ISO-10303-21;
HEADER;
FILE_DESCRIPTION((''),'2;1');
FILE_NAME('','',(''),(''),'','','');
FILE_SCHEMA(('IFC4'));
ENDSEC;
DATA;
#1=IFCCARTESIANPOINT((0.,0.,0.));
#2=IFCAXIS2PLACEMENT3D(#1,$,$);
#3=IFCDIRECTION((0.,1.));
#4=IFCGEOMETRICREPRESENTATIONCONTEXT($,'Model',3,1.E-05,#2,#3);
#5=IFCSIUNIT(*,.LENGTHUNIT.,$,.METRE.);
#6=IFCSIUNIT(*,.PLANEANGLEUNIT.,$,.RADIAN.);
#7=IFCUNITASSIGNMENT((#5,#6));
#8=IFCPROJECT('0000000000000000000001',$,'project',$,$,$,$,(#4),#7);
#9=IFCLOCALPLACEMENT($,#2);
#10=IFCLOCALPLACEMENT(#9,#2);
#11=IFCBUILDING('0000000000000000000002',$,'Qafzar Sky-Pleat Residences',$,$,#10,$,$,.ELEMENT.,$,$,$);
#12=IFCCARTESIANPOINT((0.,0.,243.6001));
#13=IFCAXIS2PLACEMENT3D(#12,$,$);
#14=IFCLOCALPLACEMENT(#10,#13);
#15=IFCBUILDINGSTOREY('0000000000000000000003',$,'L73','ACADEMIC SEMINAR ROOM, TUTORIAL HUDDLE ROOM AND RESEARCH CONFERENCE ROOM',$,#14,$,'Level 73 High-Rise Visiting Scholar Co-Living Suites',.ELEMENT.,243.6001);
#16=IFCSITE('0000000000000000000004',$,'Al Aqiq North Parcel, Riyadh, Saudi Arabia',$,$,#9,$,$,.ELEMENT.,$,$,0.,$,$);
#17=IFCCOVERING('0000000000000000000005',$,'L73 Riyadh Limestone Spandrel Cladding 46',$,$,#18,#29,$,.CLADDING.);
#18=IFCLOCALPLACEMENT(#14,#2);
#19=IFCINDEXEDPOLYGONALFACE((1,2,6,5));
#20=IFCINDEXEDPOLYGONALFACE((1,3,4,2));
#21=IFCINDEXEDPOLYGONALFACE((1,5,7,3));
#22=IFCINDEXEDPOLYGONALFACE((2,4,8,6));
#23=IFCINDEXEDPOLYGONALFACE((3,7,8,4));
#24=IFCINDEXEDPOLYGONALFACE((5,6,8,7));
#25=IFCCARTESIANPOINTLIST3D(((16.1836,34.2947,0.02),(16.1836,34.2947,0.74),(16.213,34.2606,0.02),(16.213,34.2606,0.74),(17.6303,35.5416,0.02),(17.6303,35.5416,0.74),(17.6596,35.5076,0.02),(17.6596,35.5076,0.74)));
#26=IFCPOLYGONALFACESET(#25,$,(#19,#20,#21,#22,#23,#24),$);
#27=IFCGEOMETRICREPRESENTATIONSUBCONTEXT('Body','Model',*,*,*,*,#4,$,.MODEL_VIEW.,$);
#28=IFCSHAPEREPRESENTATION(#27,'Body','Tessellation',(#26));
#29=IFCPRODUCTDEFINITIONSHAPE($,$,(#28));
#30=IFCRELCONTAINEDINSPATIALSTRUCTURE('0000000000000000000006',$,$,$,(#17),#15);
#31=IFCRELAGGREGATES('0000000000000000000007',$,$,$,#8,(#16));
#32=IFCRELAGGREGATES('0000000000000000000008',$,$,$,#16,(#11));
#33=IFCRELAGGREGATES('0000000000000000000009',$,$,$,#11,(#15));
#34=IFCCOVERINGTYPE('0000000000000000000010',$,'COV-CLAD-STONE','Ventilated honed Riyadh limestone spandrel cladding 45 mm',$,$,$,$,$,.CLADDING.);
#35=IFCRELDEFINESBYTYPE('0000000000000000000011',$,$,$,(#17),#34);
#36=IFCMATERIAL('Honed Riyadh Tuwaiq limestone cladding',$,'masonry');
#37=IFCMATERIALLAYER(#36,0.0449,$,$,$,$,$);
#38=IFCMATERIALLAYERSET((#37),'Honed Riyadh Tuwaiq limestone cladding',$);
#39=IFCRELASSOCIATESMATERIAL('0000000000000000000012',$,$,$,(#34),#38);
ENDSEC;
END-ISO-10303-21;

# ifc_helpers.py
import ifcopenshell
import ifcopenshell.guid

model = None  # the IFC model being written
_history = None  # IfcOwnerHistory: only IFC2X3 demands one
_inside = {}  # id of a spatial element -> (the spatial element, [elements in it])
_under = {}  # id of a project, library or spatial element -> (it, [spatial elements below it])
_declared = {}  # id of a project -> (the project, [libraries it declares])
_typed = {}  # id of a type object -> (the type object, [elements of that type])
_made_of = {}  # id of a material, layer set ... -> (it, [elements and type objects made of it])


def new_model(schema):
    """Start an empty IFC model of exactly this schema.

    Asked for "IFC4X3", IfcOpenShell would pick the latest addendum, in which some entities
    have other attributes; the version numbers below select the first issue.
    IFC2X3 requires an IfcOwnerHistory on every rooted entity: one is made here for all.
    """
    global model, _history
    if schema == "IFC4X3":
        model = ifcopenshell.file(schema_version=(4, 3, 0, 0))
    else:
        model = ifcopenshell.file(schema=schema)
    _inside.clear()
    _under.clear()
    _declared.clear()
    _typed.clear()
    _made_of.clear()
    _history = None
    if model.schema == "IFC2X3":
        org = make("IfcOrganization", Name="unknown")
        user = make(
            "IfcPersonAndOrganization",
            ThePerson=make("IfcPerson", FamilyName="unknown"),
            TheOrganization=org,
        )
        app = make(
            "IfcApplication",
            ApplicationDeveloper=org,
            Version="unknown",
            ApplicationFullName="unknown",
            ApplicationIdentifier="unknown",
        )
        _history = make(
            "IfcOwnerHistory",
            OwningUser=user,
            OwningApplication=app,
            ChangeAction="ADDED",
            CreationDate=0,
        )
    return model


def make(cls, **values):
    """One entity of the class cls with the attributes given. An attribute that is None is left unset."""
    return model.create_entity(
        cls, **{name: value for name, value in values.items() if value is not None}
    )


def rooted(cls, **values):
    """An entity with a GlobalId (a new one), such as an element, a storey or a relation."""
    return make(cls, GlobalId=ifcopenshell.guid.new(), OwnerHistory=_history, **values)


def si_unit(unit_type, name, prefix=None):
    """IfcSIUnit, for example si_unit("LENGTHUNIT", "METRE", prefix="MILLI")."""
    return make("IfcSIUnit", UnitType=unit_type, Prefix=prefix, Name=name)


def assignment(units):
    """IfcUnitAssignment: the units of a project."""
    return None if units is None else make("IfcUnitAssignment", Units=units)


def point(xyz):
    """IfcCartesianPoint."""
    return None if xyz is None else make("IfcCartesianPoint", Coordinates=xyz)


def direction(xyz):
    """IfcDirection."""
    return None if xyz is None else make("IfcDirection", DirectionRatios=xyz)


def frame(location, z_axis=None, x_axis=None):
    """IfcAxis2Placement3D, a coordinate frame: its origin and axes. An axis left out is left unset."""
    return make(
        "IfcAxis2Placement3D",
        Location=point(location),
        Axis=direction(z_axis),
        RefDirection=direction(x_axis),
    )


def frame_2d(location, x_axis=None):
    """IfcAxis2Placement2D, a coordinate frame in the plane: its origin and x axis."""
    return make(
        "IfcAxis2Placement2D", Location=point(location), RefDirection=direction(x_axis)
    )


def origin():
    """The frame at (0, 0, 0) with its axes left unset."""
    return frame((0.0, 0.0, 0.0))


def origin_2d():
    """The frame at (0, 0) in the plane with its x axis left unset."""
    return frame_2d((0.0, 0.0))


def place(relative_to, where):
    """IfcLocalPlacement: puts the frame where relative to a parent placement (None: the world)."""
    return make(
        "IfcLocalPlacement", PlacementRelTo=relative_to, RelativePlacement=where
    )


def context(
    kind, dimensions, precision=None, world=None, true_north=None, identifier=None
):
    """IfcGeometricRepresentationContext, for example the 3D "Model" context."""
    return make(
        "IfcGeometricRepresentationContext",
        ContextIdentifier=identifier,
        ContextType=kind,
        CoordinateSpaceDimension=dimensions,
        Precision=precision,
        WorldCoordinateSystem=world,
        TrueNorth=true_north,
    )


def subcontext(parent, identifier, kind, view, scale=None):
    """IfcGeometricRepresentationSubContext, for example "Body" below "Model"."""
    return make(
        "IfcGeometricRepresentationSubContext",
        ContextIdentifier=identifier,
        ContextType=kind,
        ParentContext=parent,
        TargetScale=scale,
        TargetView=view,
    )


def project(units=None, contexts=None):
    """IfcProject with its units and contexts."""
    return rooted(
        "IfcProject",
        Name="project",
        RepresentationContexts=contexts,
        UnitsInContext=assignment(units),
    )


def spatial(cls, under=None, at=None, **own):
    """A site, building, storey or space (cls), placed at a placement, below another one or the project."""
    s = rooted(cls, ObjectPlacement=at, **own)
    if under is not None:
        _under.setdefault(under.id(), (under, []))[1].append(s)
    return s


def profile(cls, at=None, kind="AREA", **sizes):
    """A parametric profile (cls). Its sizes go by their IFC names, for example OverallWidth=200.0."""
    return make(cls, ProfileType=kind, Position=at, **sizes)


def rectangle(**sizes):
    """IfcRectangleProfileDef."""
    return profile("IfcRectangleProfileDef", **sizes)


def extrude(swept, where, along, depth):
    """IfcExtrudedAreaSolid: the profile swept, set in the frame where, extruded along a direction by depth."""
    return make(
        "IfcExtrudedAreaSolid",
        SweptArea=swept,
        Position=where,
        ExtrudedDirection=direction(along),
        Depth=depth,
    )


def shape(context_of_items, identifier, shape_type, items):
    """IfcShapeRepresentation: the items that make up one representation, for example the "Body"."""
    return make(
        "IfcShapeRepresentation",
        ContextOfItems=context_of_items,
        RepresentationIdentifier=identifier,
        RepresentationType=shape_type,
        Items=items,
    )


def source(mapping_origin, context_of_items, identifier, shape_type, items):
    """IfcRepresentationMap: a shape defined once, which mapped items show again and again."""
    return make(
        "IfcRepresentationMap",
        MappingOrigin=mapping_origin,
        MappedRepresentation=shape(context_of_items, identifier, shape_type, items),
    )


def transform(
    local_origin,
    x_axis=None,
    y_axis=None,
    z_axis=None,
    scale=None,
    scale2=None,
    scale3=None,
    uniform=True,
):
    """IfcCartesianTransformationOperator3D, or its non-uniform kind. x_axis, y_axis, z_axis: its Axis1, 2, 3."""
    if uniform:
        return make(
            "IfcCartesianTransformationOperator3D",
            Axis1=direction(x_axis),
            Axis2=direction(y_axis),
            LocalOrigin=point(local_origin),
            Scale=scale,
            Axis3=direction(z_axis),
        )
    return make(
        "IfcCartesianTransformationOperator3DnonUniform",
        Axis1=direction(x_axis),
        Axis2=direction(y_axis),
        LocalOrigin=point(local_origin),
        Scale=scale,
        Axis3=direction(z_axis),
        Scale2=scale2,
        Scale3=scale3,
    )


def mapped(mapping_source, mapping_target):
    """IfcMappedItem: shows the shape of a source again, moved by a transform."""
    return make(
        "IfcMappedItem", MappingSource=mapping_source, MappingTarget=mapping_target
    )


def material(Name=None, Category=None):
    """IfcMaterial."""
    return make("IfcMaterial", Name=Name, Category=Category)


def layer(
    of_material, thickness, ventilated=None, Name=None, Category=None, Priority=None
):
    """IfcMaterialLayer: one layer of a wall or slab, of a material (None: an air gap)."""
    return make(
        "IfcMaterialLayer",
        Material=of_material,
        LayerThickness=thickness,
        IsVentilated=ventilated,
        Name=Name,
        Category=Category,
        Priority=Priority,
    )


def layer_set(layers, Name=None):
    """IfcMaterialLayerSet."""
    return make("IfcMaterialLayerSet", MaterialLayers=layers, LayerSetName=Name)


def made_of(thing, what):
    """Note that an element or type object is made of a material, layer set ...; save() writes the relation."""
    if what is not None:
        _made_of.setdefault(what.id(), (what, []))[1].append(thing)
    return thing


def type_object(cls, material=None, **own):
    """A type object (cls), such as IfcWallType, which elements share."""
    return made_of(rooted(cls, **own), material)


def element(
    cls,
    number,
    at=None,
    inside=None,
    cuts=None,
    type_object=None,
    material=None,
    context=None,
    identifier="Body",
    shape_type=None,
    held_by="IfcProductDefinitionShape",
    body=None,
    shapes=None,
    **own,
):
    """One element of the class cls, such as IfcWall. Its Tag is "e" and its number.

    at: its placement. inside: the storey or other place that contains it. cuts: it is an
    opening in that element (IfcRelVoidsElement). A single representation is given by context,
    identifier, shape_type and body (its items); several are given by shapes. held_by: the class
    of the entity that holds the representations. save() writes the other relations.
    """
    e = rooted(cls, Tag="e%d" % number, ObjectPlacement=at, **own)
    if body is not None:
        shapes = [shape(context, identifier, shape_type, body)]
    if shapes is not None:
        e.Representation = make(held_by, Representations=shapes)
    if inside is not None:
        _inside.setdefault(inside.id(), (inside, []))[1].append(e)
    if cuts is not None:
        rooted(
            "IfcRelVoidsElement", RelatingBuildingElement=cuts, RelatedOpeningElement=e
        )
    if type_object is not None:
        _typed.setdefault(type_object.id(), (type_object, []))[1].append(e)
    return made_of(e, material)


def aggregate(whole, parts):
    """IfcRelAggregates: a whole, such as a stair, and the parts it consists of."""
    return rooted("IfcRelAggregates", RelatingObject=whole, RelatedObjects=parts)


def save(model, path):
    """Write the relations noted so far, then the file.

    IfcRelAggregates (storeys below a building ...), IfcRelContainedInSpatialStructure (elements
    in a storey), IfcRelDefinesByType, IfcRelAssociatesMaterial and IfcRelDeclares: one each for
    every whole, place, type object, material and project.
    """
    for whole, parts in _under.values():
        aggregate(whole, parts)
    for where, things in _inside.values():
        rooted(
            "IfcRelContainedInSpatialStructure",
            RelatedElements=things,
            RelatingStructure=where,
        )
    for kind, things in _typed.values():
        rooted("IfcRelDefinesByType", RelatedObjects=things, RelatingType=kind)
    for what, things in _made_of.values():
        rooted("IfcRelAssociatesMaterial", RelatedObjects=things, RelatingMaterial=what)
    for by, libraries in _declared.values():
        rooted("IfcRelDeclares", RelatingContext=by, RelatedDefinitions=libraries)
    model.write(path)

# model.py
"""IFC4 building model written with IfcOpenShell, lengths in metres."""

from ifc_helpers import new_model, si_unit, direction, frame, origin, origin_2d, place, context, subcontext, project, spatial, rectangle, extrude, source, transform, mapped, material, layer, layer_set, type_object, element, save


model = new_model("IFC4")

# Units and contexts
model_context = context("Model", 3, precision=1e-05, world=origin(), true_north=direction((0.0, 1.0)))
body_context = subcontext(model_context, "Body", "Model", "MODEL_VIEW")
ifc_project = project(units=[si_unit("LENGTHUNIT", "METRE"), si_unit("PLANEANGLEUNIT", "RADIAN")], contexts=[model_context])

# Site, building, storey
site_placement = place(None, origin())
site = spatial("IfcSite", under=ifc_project, at=site_placement, Name="Al Aqiq North Parcel, Riyadh, Saudi Arabia", CompositionType="ELEMENT", RefElevation=0.0)
building_placement = place(site_placement, origin())
building = spatial("IfcBuilding", under=site, at=building_placement, Name="Qafzar Sky-Pleat Residences", CompositionType="ELEMENT")
storey_placement = place(building_placement, frame((0.0, 0.0, 243.6001)))
storey = spatial("IfcBuildingStorey", under=building, at=storey_placement, Name="L73", Description="ACADEMIC SEMINAR ROOM, TUTORIAL HUDDLE ROOM AND RESEARCH CONFERENCE ROOM", LongName="Level 73 High-Rise Visiting Scholar Co-Living Suites", CompositionType="ELEMENT", Elevation=243.6001)

# Covering
ifc_material_1 = material(Name="Honed Riyadh Tuwaiq limestone cladding", Category="masonry")
ifc_layer_1 = layer(ifc_material_1, 0.0449)
ifc_layer_set_1 = layer_set([ifc_layer_1], Name="Honed Riyadh Tuwaiq limestone cladding")
covering_type = type_object("IfcCoveringType", Name="COV-CLAD-STONE", Description="Ventilated honed Riyadh limestone spandrel cladding 45 mm", PredefinedType="CLADDING", material=ifc_layer_set_1)
shared_shape_1 = source(origin(), body_context, "Body", "SweptSolid", [
    extrude(rectangle(XDim=1.9099, YDim=0.0449, at=origin_2d()), origin(), (0.0, 0.0, 1.0), 0.72),
])
covering_1_placement = place(storey_placement, frame((16.9216, 34.9011, 0.02), z_axis=(0.0, 0.0, 1.0), x_axis=(-0.757454, -0.652888, 0.0)))
element("IfcCovering", 1, at=covering_1_placement, inside=storey, type_object=covering_type, Name="L73 Riyadh Limestone Spandrel Cladding 46", PredefinedType="CLADDING", context=body_context, shape_type="MappedRepresentation", body=[
    mapped(shared_shape_1, transform((0.0, 0.0, 0.0), x_axis=(1.0, 0.0, 0.0), y_axis=(0.0, 1.0, 0.0), z_axis=(0.0, 0.0, 1.0), scale=1.0)),
])

save(model, "model.ifc")
